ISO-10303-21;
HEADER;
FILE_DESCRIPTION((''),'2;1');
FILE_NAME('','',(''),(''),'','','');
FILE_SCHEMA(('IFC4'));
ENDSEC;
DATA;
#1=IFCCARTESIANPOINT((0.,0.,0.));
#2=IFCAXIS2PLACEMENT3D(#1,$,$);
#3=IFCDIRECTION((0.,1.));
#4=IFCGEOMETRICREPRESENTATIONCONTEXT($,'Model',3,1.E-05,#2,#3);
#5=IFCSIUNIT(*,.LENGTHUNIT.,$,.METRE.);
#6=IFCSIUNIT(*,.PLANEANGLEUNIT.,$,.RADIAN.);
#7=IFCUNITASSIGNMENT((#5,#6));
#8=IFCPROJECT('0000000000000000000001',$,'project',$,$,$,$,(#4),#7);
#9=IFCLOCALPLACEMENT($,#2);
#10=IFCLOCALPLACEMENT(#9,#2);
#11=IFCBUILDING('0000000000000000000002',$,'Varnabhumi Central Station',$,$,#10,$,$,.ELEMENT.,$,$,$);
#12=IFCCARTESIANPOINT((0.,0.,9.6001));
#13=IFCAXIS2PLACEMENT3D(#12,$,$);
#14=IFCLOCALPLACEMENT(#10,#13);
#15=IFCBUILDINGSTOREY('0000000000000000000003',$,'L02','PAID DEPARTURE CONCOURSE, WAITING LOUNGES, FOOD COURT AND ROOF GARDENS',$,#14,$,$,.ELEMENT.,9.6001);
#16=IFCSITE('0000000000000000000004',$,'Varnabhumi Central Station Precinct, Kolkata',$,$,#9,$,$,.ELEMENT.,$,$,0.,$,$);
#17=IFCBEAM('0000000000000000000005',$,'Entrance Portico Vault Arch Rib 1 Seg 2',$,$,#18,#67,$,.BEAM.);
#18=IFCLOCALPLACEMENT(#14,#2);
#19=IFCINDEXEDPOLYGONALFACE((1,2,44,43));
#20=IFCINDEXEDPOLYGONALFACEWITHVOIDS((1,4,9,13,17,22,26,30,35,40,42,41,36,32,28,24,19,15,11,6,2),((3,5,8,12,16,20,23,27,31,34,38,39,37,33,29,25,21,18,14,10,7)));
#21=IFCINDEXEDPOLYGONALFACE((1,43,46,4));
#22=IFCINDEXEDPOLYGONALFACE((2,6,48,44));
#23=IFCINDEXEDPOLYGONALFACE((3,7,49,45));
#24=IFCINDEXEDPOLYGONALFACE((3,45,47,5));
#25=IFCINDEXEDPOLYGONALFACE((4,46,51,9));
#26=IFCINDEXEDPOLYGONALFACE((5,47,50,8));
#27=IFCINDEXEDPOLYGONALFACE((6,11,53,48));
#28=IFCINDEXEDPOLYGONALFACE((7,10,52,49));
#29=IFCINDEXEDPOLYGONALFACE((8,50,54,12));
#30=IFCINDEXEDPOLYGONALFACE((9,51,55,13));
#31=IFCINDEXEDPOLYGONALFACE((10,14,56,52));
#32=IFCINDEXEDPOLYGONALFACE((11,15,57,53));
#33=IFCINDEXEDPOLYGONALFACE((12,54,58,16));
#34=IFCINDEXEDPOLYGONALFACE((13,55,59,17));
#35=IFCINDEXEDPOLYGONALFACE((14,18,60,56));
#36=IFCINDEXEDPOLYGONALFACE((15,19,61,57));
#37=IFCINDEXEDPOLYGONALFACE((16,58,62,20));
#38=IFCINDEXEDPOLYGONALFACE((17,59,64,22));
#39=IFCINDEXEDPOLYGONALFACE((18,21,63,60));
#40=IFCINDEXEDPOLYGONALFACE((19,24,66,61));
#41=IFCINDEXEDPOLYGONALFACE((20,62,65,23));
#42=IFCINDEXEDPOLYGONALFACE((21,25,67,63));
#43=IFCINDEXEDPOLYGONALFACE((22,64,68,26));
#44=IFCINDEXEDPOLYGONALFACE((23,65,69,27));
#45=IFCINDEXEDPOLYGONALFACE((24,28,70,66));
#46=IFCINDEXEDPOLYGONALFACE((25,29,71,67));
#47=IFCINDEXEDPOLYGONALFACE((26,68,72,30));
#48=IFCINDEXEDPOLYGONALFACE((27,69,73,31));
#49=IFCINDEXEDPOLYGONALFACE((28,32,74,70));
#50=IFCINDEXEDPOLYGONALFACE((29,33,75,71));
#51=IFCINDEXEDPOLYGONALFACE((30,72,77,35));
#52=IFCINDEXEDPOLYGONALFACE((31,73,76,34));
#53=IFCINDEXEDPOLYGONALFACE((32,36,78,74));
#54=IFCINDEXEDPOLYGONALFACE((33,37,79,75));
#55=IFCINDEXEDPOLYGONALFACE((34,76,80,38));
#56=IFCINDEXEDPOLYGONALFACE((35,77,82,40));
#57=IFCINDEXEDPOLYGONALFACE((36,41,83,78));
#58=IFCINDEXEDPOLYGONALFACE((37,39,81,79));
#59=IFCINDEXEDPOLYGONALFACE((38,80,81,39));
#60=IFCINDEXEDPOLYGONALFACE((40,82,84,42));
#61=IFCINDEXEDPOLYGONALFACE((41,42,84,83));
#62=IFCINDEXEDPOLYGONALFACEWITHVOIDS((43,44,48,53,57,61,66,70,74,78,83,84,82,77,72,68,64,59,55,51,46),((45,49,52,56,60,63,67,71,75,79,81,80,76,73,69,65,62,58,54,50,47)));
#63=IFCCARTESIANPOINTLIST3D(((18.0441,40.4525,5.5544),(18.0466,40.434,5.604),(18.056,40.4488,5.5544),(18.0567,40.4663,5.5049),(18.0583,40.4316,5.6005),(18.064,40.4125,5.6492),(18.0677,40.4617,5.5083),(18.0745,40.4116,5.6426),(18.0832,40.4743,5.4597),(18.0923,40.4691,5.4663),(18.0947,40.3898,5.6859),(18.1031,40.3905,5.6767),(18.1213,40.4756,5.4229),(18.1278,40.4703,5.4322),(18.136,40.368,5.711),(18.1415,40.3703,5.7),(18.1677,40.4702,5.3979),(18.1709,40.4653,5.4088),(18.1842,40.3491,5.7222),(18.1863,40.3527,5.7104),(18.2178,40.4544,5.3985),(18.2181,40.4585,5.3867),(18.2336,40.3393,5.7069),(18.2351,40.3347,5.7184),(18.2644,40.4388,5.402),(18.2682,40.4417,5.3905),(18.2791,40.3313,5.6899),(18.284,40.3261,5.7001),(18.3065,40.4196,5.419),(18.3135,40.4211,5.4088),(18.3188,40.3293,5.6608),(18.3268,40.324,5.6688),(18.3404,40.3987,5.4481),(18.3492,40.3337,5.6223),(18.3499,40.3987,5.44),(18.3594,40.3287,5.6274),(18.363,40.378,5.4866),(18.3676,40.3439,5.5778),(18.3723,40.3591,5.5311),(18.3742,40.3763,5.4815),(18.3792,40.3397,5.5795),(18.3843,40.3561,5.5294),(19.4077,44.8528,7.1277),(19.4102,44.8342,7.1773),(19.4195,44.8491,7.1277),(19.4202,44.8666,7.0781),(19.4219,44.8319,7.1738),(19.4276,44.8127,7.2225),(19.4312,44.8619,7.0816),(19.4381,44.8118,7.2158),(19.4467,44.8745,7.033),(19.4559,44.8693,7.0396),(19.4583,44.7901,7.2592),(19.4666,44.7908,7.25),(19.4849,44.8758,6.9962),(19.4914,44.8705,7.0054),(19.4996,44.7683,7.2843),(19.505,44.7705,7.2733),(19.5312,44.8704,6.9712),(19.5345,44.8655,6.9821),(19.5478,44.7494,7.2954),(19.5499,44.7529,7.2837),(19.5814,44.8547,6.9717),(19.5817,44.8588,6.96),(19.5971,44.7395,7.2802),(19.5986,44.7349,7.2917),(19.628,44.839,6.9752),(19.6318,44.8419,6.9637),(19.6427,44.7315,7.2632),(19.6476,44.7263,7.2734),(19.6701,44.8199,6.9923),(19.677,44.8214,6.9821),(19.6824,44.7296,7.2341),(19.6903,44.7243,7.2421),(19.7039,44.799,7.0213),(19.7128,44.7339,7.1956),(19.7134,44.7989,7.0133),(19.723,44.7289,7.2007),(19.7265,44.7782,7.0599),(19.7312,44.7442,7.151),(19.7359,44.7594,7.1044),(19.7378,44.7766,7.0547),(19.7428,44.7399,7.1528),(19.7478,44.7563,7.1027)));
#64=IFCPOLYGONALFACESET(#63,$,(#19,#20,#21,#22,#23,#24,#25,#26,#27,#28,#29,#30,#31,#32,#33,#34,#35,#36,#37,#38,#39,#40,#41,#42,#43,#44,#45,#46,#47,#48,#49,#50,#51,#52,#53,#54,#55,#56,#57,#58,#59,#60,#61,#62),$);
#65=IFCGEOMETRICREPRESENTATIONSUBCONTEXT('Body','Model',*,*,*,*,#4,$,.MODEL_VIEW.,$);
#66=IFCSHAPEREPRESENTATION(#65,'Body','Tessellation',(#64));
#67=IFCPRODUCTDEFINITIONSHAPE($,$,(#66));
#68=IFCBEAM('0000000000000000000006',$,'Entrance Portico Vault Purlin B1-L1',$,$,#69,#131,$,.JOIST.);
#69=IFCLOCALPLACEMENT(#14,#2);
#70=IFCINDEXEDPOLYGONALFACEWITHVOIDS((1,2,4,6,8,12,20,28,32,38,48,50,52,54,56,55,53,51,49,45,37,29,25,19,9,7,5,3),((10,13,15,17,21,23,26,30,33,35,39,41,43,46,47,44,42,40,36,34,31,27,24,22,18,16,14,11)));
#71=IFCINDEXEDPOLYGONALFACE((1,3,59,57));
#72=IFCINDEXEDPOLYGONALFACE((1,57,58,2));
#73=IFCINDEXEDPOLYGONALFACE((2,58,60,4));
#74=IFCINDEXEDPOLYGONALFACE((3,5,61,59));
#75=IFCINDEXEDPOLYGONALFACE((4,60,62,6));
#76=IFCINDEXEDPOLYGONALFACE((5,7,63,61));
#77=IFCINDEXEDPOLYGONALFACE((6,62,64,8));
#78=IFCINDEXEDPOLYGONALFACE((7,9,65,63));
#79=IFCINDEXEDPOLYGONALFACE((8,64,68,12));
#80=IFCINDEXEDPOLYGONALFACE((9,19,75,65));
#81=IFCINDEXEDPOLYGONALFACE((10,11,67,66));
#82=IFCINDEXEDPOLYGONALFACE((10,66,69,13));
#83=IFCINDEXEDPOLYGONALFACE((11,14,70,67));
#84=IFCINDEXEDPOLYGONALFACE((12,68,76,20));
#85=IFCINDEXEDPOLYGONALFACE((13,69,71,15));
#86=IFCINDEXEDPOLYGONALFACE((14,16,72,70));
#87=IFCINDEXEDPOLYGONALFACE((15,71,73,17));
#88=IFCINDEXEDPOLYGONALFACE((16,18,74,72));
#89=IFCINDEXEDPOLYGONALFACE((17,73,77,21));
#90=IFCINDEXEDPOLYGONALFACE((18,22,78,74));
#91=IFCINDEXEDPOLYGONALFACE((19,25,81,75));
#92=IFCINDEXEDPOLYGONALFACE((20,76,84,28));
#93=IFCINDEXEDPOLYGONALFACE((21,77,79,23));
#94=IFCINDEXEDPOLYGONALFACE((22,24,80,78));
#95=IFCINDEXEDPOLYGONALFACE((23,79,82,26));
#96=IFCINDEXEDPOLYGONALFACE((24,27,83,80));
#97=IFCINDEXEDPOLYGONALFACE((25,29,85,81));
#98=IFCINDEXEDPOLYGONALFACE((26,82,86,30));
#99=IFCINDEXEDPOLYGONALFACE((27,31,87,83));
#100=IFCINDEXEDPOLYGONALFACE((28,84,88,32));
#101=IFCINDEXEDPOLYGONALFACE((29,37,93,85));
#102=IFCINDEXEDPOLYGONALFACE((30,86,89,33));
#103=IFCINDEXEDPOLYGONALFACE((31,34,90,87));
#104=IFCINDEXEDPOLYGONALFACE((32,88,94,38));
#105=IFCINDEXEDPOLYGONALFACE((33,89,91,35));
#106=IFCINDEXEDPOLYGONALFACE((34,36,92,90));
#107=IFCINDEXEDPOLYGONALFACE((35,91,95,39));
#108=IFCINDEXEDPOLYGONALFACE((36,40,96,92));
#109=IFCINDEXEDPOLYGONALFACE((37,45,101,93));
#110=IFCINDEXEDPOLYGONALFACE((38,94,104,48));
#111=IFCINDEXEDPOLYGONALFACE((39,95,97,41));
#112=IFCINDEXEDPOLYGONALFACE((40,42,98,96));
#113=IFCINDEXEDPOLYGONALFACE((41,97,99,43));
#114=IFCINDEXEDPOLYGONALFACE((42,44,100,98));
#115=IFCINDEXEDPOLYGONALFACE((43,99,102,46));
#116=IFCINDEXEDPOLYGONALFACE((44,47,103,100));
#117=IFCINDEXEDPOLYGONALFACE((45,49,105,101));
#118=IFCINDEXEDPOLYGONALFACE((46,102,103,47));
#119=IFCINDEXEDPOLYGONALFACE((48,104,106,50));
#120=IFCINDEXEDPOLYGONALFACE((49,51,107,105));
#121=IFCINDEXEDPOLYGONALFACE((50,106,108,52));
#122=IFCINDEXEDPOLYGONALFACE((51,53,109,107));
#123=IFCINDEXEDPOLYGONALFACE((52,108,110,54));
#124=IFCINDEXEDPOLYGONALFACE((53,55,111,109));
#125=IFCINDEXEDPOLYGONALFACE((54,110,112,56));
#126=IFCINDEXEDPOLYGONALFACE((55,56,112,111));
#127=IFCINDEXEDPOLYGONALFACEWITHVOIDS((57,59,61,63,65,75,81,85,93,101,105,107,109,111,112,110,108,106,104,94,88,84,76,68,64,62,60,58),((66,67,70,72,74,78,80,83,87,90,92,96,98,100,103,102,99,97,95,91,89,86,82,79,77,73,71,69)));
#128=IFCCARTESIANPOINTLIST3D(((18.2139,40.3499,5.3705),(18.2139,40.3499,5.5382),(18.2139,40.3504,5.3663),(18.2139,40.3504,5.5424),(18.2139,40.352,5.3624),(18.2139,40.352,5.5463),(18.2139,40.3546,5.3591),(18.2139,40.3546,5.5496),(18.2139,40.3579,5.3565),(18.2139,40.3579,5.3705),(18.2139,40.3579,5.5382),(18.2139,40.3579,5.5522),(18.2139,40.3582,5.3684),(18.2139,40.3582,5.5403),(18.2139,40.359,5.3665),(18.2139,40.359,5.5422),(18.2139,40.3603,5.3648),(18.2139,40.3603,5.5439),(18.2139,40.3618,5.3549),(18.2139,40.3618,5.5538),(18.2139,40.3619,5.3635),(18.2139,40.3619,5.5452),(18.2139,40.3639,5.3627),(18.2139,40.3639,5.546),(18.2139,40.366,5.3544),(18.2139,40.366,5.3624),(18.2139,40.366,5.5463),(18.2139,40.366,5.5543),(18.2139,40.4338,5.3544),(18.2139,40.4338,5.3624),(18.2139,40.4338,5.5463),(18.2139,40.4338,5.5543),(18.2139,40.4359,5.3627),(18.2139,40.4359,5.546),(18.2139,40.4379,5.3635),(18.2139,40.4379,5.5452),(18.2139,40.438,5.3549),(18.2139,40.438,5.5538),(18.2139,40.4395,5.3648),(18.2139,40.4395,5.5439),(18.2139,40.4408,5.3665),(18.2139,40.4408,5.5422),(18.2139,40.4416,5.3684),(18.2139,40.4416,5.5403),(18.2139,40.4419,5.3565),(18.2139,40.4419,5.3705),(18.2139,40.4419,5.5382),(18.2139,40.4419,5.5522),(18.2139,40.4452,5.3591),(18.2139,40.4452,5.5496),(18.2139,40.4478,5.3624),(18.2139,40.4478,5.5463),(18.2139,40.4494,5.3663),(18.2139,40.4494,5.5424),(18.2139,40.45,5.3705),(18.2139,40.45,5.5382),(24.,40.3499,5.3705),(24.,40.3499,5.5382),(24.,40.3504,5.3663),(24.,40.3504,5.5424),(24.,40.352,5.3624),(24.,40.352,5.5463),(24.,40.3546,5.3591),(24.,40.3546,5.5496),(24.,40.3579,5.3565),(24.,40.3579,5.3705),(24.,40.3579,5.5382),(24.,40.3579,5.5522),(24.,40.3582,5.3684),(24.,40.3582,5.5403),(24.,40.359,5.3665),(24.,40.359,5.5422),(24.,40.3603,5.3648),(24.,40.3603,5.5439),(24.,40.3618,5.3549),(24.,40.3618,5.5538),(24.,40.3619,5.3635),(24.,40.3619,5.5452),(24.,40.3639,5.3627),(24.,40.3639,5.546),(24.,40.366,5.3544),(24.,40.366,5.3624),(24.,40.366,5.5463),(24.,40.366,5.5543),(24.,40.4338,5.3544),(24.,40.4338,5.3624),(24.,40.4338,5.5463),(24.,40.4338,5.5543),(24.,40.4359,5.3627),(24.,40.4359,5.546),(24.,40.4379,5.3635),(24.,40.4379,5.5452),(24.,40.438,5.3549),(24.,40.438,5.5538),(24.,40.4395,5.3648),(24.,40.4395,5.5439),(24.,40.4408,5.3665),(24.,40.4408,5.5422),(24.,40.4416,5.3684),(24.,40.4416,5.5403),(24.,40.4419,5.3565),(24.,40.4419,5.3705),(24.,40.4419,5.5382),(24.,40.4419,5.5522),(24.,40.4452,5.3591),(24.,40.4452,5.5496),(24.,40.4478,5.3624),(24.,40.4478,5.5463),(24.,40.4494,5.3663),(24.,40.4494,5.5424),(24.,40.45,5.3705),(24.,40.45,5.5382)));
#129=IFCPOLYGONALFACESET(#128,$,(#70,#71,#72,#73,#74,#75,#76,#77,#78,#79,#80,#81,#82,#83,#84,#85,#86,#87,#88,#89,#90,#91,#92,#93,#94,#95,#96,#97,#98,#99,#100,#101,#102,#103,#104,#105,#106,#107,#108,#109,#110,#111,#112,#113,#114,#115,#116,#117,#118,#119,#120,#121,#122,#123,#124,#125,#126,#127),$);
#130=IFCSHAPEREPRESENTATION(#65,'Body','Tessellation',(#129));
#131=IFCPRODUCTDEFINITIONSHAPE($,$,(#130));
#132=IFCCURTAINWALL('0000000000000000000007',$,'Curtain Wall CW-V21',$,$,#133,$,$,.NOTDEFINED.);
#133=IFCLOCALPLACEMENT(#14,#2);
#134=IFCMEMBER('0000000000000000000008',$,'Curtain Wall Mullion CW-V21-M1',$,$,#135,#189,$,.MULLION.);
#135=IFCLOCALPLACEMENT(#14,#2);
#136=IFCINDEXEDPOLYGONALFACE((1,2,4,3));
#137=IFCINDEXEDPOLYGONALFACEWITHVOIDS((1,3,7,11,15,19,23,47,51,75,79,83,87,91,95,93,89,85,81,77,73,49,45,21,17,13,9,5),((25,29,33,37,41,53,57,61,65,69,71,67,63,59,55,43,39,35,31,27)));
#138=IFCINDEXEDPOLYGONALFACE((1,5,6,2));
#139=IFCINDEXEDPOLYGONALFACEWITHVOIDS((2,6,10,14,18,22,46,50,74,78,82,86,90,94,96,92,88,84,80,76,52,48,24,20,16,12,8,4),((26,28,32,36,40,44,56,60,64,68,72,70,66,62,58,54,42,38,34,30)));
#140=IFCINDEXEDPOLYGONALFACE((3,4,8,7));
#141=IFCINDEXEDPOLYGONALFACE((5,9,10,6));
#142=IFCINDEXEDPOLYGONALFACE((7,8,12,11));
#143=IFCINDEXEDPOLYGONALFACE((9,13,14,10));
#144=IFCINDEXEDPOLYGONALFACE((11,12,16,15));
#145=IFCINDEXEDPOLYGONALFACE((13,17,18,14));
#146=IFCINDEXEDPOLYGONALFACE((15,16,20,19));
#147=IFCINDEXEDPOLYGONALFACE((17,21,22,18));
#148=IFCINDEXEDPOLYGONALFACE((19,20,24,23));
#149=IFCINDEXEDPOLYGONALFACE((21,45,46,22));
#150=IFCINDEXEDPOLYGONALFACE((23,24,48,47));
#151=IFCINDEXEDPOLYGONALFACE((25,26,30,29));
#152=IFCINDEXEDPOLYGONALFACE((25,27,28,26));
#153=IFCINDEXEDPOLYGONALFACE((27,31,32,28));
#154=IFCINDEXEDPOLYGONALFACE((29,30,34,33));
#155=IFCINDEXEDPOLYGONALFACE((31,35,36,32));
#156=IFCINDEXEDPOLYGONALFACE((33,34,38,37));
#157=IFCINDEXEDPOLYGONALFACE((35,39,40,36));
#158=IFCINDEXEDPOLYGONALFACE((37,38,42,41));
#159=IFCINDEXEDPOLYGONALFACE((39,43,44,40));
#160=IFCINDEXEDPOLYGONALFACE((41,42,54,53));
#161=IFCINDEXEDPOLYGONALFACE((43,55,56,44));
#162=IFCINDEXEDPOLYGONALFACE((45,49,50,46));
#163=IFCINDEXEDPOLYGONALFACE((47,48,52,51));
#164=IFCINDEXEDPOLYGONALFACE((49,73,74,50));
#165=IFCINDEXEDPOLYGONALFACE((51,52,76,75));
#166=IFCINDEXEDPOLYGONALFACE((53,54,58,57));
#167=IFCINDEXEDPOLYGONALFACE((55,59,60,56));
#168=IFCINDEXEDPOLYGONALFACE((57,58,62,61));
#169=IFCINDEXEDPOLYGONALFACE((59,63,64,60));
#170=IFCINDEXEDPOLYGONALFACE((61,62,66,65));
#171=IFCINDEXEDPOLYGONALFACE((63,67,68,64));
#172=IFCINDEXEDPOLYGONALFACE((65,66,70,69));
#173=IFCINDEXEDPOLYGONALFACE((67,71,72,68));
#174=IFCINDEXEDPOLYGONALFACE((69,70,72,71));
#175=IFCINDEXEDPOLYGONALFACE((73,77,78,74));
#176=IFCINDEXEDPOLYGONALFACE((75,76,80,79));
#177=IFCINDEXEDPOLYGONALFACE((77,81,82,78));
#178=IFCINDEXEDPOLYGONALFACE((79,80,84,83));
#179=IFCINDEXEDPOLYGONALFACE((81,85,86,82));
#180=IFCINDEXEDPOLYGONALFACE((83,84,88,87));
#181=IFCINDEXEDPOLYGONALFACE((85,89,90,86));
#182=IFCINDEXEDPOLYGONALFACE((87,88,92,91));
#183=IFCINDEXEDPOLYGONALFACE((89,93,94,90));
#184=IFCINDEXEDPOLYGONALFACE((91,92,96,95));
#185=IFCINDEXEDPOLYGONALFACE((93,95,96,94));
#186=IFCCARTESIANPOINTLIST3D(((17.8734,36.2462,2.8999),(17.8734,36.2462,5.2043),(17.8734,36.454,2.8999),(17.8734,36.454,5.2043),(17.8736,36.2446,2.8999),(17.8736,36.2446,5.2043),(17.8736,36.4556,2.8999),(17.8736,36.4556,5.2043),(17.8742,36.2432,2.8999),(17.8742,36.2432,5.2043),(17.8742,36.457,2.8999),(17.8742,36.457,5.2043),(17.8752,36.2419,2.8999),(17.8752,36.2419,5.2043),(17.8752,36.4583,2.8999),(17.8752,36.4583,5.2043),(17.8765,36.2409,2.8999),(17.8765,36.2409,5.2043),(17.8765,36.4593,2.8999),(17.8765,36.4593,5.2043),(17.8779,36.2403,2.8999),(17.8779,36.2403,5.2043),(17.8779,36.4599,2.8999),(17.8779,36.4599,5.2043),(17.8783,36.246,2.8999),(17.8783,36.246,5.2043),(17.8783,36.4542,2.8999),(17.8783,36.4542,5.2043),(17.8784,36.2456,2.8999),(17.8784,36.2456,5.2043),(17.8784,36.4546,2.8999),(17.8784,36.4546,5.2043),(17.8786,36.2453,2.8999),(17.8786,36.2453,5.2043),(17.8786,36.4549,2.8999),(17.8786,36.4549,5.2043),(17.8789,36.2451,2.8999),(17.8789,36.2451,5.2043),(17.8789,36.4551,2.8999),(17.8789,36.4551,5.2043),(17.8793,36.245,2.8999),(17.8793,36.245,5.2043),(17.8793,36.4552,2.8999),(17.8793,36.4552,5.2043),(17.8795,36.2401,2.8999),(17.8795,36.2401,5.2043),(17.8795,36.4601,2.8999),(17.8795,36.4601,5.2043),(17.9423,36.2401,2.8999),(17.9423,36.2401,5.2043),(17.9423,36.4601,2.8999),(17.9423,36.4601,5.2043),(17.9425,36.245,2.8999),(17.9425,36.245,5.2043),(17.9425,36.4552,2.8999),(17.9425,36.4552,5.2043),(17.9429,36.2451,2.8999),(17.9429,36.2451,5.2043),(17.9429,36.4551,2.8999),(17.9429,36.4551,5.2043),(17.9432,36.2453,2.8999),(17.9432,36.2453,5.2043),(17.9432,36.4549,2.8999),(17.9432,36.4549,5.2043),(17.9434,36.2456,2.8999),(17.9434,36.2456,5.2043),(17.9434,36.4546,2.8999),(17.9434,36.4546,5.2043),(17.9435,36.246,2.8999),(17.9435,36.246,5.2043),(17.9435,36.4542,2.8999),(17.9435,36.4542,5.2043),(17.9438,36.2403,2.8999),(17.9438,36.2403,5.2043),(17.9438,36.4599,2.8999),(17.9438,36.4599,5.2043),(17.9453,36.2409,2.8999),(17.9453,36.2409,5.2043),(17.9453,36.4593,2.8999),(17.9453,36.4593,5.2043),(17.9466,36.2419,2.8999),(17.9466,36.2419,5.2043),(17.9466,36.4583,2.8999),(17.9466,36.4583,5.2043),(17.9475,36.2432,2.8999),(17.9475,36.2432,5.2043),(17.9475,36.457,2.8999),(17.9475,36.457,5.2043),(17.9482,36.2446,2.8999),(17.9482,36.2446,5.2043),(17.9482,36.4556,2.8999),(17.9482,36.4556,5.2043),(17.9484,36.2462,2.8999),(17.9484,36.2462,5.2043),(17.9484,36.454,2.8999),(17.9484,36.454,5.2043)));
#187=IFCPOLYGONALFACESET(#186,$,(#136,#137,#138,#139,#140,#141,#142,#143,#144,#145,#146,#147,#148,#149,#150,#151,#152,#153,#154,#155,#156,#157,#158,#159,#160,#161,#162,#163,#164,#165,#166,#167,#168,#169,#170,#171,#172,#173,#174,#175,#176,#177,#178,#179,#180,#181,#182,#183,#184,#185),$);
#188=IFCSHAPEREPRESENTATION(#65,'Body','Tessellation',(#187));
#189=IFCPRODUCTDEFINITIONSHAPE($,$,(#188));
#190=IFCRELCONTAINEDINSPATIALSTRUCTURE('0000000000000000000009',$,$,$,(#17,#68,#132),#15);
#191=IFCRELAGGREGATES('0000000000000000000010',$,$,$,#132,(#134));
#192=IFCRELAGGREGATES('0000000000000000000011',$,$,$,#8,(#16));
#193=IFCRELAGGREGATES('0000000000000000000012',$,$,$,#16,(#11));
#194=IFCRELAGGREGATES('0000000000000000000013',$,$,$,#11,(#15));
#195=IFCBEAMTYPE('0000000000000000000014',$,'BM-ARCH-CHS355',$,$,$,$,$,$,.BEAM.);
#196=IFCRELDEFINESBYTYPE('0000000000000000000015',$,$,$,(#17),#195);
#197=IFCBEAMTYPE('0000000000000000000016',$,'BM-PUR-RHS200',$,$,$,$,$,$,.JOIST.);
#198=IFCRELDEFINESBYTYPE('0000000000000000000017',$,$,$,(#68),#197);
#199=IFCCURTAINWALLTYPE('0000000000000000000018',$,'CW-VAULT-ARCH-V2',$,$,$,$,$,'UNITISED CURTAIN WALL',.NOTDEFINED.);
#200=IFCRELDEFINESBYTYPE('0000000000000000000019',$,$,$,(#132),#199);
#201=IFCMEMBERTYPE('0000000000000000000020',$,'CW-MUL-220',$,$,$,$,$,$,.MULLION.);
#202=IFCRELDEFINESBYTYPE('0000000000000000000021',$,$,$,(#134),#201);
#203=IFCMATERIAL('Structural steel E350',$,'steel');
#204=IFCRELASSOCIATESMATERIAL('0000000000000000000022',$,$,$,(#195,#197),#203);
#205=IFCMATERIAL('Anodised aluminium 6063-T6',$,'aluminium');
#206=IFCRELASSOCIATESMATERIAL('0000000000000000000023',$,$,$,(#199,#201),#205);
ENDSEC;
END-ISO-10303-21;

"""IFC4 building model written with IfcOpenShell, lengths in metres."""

from ifc_helpers import new_model, si_unit, direction, frame, origin, origin_2d, place, context, subcontext, project, spatial, hollow_rectangle, hollow_circle, extrude, material, material_profile, profile_set, type_object, element, aggregate, save


model = new_model("IFC4")

# Units and contexts
model_context = context("Model", 3, precision=1e-05, world=origin(), true_north=direction((0.0, 1.0)))
body_context = subcontext(model_context, "Body", "Model", "MODEL_VIEW")
ifc_project = project(units=[si_unit("LENGTHUNIT", "METRE"), si_unit("PLANEANGLEUNIT", "RADIAN")], contexts=[model_context])

# Site, building, storey
site_placement = place(None, origin())
site = spatial("IfcSite", under=ifc_project, at=site_placement, Name="Varnabhumi Central Station Precinct, Kolkata", CompositionType="ELEMENT", RefElevation=0.0)
building_placement = place(site_placement, origin())
building = spatial("IfcBuilding", under=site, at=building_placement, Name="Varnabhumi Central Station", CompositionType="ELEMENT")
storey_placement = place(building_placement, frame((0.0, 0.0, 9.6001)))
storey = spatial("IfcBuildingStorey", under=building, at=storey_placement, Name="L02", Description="PAID DEPARTURE CONCOURSE, WAITING LOUNGES, FOOD COURT AND ROOF GARDENS", CompositionType="ELEMENT", Elevation=9.6001)

# Beams
ifc_material_1 = material(Name="Structural steel E350", Category="steel")
ifc_material_profile_1 = material_profile(ifc_material_1, hollow_circle(Radius=0.1777, WallThickness=0.0125, at=origin_2d()), Name="Structural steel E350", Category="steel")
ifc_profile_set_1 = profile_set([ifc_material_profile_1], Name="Structural steel E350")
beam_type_1 = type_object("IfcBeamType", Name="BM-ARCH-CHS355", PredefinedType="BEAM", material=ifc_profile_set_1)
beam_1_placement = place(storey_placement, frame((18.2139, 40.3999, 5.5544), z_axis=(0.280111, 0.903927, 0.323193), x_axis=(-0.955189, 0.295996, 0.0)))
element("IfcBeam", 1, at=beam_1_placement, inside=storey, type_object=beam_type_1, Name="Entrance Portico Vault Arch Rib 1 Seg 2", PredefinedType="BEAM", context=body_context, shape_type="SweptSolid", body=[
    extrude(hollow_circle(Radius=0.1777, WallThickness=0.0125, at=origin_2d()), origin(), (0.0, 0.0, 1.0), 4.8679),
])
ifc_material_profile_2 = material_profile(ifc_material_1, hollow_rectangle(XDim=0.1001, YDim=0.2, WallThickness=0.0081, InnerFilletRadius=0.0081, OuterFilletRadius=0.0161, at=origin_2d()), Name="Structural steel E350", Category="steel")
ifc_profile_set_2 = profile_set([ifc_material_profile_2], Name="Structural steel E350")
beam_type_2 = type_object("IfcBeamType", Name="BM-PUR-RHS200", PredefinedType="JOIST", material=ifc_profile_set_2)
beam_2_placement = place(storey_placement, frame((18.2139, 40.3999, 5.4543), z_axis=(1.0, 0.0, 0.0), x_axis=(0.0, 1.0, 0.0)))
element("IfcBeam", 2, at=beam_2_placement, inside=storey, type_object=beam_type_2, Name="Entrance Portico Vault Purlin B1-L1", PredefinedType="JOIST", context=body_context, shape_type="SweptSolid", body=[
    extrude(hollow_rectangle(XDim=0.1001, YDim=0.2, WallThickness=0.0081, InnerFilletRadius=0.0081, OuterFilletRadius=0.0161, at=origin_2d()), origin(), (0.0, 0.0, 1.0), 5.7861),
])

# Curtain wall, member
ifc_material_2 = material(Name="Anodised aluminium 6063-T6", Category="aluminium")
curtain_wall_type = type_object("IfcCurtainWallType", Name="CW-VAULT-ARCH-V2", ElementType="UNITISED CURTAIN WALL", PredefinedType="NOTDEFINED", material=ifc_material_2)
curtain_wall_placement = place(storey_placement, origin())
curtain_wall = element("IfcCurtainWall", 3, at=curtain_wall_placement, inside=storey, type_object=curtain_wall_type, Name="Curtain Wall CW-V21", PredefinedType="NOTDEFINED")
ifc_material_profile_3 = material_profile(ifc_material_2, hollow_rectangle(XDim=0.075, YDim=0.22, WallThickness=0.0049, InnerFilletRadius=0.001, OuterFilletRadius=0.0061, at=origin_2d()), Name="Anodised aluminium 6063-T6", Category="aluminium")
ifc_profile_set_3 = profile_set([ifc_material_profile_3], Name="Anodised aluminium 6063-T6")
member_type_1 = type_object("IfcMemberType", Name="CW-MUL-220", PredefinedType="MULLION", material=ifc_profile_set_3)
member_1_placement = place(storey_placement, frame((17.9109, 36.3501, 2.8999), z_axis=(0.0, 0.0, 1.0), x_axis=(1.0, 0.0, 0.0)))
member_1 = element("IfcMember", 4, at=member_1_placement, type_object=member_type_1, Name="Curtain Wall Mullion CW-V21-M1", PredefinedType="MULLION", context=body_context, shape_type="SweptSolid", body=[
    extrude(hollow_rectangle(XDim=0.075, YDim=0.22, WallThickness=0.0049, InnerFilletRadius=0.001, OuterFilletRadius=0.0061, at=origin_2d()), origin(), (0.0, 0.0, 1.0), 2.3044),
])

aggregate(curtain_wall, [member_1])

save(model, "model.ifc")
